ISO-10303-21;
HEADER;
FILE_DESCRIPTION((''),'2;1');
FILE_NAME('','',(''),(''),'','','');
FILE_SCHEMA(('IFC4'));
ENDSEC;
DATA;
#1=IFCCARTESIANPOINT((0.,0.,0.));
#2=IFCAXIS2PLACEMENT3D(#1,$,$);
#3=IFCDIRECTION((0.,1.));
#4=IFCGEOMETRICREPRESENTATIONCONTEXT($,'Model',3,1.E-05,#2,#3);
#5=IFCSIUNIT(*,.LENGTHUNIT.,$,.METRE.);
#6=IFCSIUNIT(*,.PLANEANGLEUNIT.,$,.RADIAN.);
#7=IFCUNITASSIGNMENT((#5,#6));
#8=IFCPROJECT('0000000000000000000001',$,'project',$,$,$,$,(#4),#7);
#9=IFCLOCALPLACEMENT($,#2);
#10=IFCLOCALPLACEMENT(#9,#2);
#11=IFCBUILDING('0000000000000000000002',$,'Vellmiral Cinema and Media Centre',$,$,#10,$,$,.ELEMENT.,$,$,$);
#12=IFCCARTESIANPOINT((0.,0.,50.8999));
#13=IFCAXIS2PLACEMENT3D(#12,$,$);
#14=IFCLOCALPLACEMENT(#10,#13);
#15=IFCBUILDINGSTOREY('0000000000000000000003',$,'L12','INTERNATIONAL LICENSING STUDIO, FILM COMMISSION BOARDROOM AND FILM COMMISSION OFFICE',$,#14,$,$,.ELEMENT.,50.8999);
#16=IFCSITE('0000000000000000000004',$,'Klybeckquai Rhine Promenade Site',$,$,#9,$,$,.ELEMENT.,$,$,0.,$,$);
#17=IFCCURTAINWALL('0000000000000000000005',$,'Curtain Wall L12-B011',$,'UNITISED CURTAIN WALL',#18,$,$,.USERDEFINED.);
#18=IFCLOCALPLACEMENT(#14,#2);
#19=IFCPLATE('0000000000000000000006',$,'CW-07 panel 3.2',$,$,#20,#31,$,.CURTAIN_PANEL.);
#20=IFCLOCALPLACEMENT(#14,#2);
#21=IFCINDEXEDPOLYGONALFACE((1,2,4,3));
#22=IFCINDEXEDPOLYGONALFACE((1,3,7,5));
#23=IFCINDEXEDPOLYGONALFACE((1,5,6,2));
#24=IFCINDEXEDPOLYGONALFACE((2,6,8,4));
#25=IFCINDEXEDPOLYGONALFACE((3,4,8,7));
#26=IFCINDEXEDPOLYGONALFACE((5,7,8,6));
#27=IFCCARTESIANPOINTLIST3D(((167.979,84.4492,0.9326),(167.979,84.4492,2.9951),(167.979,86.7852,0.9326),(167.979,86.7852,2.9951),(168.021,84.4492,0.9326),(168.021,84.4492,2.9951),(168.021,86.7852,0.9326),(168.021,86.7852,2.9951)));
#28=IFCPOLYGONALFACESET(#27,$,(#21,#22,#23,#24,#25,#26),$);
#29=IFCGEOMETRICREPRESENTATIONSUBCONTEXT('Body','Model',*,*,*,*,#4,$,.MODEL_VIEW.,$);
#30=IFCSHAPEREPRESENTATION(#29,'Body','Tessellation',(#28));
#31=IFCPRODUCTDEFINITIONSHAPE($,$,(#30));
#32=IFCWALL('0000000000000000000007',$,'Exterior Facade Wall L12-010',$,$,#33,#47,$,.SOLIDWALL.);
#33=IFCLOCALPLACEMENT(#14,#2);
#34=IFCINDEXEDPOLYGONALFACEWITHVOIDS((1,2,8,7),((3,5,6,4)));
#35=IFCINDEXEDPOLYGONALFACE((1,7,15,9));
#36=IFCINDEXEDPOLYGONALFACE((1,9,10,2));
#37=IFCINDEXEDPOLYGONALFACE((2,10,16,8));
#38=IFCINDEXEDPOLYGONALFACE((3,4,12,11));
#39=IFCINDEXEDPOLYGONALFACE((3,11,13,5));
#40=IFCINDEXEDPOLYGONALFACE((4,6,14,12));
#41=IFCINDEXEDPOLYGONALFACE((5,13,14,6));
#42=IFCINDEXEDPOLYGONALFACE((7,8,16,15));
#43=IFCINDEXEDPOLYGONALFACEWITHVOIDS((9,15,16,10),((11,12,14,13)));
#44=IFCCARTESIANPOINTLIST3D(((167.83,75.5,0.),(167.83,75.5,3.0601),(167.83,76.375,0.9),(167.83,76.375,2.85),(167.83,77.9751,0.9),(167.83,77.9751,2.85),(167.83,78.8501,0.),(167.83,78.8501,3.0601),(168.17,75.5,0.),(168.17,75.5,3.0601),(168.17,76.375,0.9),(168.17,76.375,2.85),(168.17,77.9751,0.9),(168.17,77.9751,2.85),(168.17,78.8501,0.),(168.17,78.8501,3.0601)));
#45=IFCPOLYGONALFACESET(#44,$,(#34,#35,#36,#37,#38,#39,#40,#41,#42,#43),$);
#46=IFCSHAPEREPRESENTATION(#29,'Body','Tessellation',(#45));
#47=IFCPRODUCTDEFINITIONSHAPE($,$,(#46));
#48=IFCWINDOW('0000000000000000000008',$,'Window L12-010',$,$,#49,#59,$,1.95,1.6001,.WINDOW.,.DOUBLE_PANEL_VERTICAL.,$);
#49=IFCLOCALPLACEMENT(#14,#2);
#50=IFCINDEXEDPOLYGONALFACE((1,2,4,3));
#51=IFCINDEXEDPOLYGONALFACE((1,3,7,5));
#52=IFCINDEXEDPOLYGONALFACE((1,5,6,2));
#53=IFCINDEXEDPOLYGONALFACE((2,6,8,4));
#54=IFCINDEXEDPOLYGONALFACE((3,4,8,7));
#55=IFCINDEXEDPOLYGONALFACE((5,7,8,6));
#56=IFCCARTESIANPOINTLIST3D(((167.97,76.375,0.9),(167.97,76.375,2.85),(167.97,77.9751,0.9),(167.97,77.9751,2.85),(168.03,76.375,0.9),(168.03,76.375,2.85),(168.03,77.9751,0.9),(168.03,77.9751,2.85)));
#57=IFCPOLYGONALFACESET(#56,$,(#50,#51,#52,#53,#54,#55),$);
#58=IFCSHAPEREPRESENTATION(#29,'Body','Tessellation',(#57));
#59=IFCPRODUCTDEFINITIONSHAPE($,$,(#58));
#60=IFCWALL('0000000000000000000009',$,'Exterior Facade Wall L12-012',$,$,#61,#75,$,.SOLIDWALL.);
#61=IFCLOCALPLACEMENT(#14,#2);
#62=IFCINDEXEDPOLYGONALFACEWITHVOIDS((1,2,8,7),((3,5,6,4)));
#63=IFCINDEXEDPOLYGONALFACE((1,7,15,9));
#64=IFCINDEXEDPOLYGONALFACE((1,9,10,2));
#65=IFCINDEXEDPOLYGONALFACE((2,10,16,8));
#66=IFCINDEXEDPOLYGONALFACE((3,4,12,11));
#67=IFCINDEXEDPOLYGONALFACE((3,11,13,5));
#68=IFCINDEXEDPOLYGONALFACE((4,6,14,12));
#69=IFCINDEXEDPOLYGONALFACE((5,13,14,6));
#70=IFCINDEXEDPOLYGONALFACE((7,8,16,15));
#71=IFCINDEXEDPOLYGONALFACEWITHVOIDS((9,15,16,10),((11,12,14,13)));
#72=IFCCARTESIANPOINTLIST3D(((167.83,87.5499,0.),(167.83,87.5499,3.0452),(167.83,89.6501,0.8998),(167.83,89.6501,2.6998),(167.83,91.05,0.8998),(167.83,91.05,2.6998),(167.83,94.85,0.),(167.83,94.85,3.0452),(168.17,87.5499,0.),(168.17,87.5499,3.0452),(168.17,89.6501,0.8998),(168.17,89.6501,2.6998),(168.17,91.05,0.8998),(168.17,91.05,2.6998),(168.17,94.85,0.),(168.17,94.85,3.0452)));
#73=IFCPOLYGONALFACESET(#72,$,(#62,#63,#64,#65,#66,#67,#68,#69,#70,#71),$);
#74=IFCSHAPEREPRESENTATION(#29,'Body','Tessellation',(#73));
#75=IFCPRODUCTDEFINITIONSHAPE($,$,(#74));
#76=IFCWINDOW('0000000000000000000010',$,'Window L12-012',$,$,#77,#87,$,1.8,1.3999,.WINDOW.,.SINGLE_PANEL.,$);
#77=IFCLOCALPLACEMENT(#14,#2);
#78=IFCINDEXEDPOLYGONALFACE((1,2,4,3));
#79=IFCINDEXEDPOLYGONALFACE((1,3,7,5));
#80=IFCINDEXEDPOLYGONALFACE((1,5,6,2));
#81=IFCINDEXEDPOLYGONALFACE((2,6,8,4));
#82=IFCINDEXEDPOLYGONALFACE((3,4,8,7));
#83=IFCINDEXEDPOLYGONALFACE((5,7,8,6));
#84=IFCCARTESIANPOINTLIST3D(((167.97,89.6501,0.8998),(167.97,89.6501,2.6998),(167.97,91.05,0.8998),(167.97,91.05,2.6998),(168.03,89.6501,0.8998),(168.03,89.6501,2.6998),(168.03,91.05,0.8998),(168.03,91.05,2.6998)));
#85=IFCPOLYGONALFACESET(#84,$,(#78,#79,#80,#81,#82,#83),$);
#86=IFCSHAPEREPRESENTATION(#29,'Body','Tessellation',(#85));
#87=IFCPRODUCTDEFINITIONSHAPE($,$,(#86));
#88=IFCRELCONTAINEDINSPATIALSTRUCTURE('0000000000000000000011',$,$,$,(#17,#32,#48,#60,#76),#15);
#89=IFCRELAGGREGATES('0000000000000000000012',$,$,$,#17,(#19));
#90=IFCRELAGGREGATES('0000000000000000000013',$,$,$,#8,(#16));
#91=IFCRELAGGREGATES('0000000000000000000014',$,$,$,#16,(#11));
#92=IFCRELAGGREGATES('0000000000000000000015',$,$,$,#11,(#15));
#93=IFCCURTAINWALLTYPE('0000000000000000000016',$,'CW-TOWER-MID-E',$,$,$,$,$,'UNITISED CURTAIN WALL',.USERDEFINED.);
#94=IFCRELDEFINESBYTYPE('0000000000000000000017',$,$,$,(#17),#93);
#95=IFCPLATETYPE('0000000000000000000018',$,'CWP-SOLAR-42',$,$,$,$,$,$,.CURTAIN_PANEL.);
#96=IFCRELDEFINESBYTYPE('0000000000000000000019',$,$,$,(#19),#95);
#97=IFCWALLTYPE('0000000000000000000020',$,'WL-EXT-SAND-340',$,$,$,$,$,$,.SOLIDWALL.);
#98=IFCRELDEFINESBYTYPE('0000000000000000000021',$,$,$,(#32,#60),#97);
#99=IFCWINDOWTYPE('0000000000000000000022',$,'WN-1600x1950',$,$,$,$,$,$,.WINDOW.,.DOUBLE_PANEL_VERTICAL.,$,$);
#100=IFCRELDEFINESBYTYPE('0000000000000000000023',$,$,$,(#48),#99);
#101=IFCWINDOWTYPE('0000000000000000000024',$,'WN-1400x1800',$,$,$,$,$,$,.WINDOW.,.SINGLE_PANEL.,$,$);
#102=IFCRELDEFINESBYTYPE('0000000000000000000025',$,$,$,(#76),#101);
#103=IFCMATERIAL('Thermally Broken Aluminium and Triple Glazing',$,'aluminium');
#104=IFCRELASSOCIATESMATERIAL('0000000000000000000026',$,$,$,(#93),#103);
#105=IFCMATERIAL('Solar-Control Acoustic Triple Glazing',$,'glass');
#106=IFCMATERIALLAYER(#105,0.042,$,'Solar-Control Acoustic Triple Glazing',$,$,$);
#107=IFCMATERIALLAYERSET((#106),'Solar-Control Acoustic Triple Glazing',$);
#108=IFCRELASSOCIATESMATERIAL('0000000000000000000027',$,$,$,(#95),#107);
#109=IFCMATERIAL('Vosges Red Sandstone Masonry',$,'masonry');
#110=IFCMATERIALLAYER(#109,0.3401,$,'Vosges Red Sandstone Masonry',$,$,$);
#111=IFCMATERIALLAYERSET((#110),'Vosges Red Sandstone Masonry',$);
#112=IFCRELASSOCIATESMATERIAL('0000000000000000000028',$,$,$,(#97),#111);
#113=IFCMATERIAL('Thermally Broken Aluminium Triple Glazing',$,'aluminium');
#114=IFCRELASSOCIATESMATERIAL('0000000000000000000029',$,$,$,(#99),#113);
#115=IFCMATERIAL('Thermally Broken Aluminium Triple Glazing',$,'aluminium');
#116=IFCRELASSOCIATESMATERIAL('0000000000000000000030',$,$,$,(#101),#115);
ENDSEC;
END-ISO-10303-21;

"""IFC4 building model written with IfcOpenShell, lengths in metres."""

from ifc_helpers import new_model, si_unit, direction, frame, frame_2d, origin, origin_2d, place, context, subcontext, project, spatial, rectangle, extrude, material, layer, layer_set, type_object, element, fill, aggregate, save


model = new_model("IFC4")

# Units and contexts
model_context = context("Model", 3, precision=1e-05, world=origin(), true_north=direction((0.0, 1.0)))
body_context = subcontext(model_context, "Body", "Model", "MODEL_VIEW")
ifc_project = project(units=[si_unit("LENGTHUNIT", "METRE"), si_unit("PLANEANGLEUNIT", "RADIAN")], contexts=[model_context])

# Site, building, storey
site_placement = place(None, origin())
site = spatial("IfcSite", under=ifc_project, at=site_placement, Name="Klybeckquai Rhine Promenade Site", CompositionType="ELEMENT", RefElevation=0.0)
building_placement = place(site_placement, origin())
building = spatial("IfcBuilding", under=site, at=building_placement, Name="Vellmiral Cinema and Media Centre", CompositionType="ELEMENT")
storey_placement = place(building_placement, frame((0.0, 0.0, 50.8999)))
storey = spatial("IfcBuildingStorey", under=building, at=storey_placement, Name="L12", Description="INTERNATIONAL LICENSING STUDIO, FILM COMMISSION BOARDROOM AND FILM COMMISSION OFFICE", CompositionType="ELEMENT", Elevation=50.8999)

# Curtain wall
ifc_material_1 = material(Name="Thermally Broken Aluminium and Triple Glazing", Category="aluminium")
curtain_wall_type = type_object("IfcCurtainWallType", Name="CW-TOWER-MID-E", ElementType="UNITISED CURTAIN WALL", PredefinedType="USERDEFINED", material=ifc_material_1)
curtain_wall_placement = place(storey_placement, origin())
curtain_wall = element("IfcCurtainWall", 1, at=curtain_wall_placement, inside=storey, type_object=curtain_wall_type, Name="Curtain Wall L12-B011", ObjectType="UNITISED CURTAIN WALL", PredefinedType="USERDEFINED")

# Plate
ifc_material_2 = material(Name="Solar-Control Acoustic Triple Glazing", Category="glass")
ifc_layer_1 = layer(ifc_material_2, 0.042, Name="Solar-Control Acoustic Triple Glazing")
ifc_layer_set_1 = layer_set([ifc_layer_1], Name="Solar-Control Acoustic Triple Glazing")
plate_type_1 = type_object("IfcPlateType", Name="CWP-SOLAR-42", PredefinedType="CURTAIN_PANEL", material=ifc_layer_set_1)
plate_1_placement = place(storey_placement, frame((168.0, 85.6172, 0.9326), z_axis=(0.0, 0.0, 1.0), x_axis=(0.0, 1.0, 0.0)))
plate_1 = element("IfcPlate", 2, at=plate_1_placement, type_object=plate_type_1, Name="CW-07 panel 3.2", PredefinedType="CURTAIN_PANEL", context=body_context, shape_type="SweptSolid", body=[
    extrude(rectangle(XDim=2.3359, YDim=0.042, at=origin_2d()), origin(), (0.0, 0.0, 1.0), 2.0625),
])
aggregate(curtain_wall, [plate_1])

# Walls, openings, windows
ifc_material_3 = material(Name="Vosges Red Sandstone Masonry", Category="masonry")
ifc_layer_2 = layer(ifc_material_3, 0.3401, Name="Vosges Red Sandstone Masonry")
ifc_layer_set_2 = layer_set([ifc_layer_2], Name="Vosges Red Sandstone Masonry")
wall_type = type_object("IfcWallType", Name="WL-EXT-SAND-340", PredefinedType="SOLIDWALL", material=ifc_layer_set_2)
wall_1_placement = place(storey_placement, frame((168.0, 75.5, 0.0), z_axis=(0.0, 0.0, 1.0), x_axis=(0.0, 1.0, 0.0)))
wall_1 = element("IfcWall", 3, at=wall_1_placement, inside=storey, type_object=wall_type, Name="Exterior Facade Wall L12-010", PredefinedType="SOLIDWALL", context=body_context, shape_type="SweptSolid", body=[
    extrude(rectangle(XDim=3.3501, YDim=0.3401, at=frame_2d((1.675, 0.0))), origin(), (0.0, 0.0, 1.0), 3.0601),
])
opening_1_placement = place(wall_1_placement, frame((0.875, 0.0, 0.8999)))
opening_1 = element("IfcOpeningElement", 4, at=opening_1_placement, cuts=wall_1, PredefinedType="OPENING", context=body_context, shape_type="SweptSolid", body=[
    extrude(rectangle(XDim=1.6001, YDim=1.95, at=frame_2d((0.8, 0.9751))), frame((0.0, 0.1821, 0.0), z_axis=(0.0, -1.0, 0.0), x_axis=(1.0, 0.0, 0.0)), (0.0, 0.0, 1.0), 0.364),
])
ifc_material_4 = material(Name="Thermally Broken Aluminium Triple Glazing", Category="aluminium")
window_type_1 = type_object("IfcWindowType", Name="WN-1600x1950", PartitioningType="DOUBLE_PANEL_VERTICAL", PredefinedType="WINDOW", material=ifc_material_4)
window_1_placement = place(opening_1_placement, origin())
window_1 = element("IfcWindow", 5, at=window_1_placement, inside=storey, type_object=window_type_1, Name="Window L12-010", OverallHeight=1.95, OverallWidth=1.6001, PartitioningType="DOUBLE_PANEL_VERTICAL", PredefinedType="WINDOW", context=body_context, shape_type="SweptSolid", body=[
    extrude(rectangle(XDim=1.6001, YDim=1.95, at=frame_2d((0.8, 0.9751))), frame((0.0, 0.03, 0.0), z_axis=(0.0, -1.0, 0.0), x_axis=(1.0, 0.0, 0.0)), (0.0, 0.0, 1.0), 0.0601),
])
fill(opening_1, window_1)
wall_2_placement = place(storey_placement, frame((168.0, 87.55, 0.0), z_axis=(0.0, 0.0, 1.0), x_axis=(0.0, 1.0, 0.0)))
wall_2 = element("IfcWall", 6, at=wall_2_placement, inside=storey, type_object=wall_type, Name="Exterior Facade Wall L12-012", PredefinedType="SOLIDWALL", context=body_context, shape_type="SweptSolid", body=[
    extrude(rectangle(XDim=7.3, YDim=0.3401, at=frame_2d((3.6499, 0.0))), origin(), (0.0, 0.0, 1.0), 3.0452),
])
opening_2_placement = place(wall_2_placement, frame((2.1001, 0.0, 0.8999)))
opening_2 = element("IfcOpeningElement", 7, at=opening_2_placement, cuts=wall_2, PredefinedType="OPENING", context=body_context, shape_type="SweptSolid", body=[
    extrude(rectangle(XDim=1.3999, YDim=1.8, at=frame_2d((0.7, 0.8999))), frame((0.0, 0.1821, 0.0), z_axis=(0.0, -1.0, 0.0), x_axis=(1.0, 0.0, 0.0)), (0.0, 0.0, 1.0), 0.364),
])
ifc_material_5 = material(Name="Thermally Broken Aluminium Triple Glazing", Category="aluminium")
window_type_2 = type_object("IfcWindowType", Name="WN-1400x1800", PartitioningType="SINGLE_PANEL", PredefinedType="WINDOW", material=ifc_material_5)
window_2_placement = place(opening_2_placement, origin())
window_2 = element("IfcWindow", 8, at=window_2_placement, inside=storey, type_object=window_type_2, Name="Window L12-012", OverallHeight=1.8, OverallWidth=1.3999, PartitioningType="SINGLE_PANEL", PredefinedType="WINDOW", context=body_context, shape_type="SweptSolid", body=[
    extrude(rectangle(XDim=1.3999, YDim=1.8, at=frame_2d((0.7, 0.8999))), frame((0.0, 0.03, 0.0), z_axis=(0.0, -1.0, 0.0), x_axis=(1.0, 0.0, 0.0)), (0.0, 0.0, 1.0), 0.0601),
])
fill(opening_2, window_2)

save(model, "model.ifc")
